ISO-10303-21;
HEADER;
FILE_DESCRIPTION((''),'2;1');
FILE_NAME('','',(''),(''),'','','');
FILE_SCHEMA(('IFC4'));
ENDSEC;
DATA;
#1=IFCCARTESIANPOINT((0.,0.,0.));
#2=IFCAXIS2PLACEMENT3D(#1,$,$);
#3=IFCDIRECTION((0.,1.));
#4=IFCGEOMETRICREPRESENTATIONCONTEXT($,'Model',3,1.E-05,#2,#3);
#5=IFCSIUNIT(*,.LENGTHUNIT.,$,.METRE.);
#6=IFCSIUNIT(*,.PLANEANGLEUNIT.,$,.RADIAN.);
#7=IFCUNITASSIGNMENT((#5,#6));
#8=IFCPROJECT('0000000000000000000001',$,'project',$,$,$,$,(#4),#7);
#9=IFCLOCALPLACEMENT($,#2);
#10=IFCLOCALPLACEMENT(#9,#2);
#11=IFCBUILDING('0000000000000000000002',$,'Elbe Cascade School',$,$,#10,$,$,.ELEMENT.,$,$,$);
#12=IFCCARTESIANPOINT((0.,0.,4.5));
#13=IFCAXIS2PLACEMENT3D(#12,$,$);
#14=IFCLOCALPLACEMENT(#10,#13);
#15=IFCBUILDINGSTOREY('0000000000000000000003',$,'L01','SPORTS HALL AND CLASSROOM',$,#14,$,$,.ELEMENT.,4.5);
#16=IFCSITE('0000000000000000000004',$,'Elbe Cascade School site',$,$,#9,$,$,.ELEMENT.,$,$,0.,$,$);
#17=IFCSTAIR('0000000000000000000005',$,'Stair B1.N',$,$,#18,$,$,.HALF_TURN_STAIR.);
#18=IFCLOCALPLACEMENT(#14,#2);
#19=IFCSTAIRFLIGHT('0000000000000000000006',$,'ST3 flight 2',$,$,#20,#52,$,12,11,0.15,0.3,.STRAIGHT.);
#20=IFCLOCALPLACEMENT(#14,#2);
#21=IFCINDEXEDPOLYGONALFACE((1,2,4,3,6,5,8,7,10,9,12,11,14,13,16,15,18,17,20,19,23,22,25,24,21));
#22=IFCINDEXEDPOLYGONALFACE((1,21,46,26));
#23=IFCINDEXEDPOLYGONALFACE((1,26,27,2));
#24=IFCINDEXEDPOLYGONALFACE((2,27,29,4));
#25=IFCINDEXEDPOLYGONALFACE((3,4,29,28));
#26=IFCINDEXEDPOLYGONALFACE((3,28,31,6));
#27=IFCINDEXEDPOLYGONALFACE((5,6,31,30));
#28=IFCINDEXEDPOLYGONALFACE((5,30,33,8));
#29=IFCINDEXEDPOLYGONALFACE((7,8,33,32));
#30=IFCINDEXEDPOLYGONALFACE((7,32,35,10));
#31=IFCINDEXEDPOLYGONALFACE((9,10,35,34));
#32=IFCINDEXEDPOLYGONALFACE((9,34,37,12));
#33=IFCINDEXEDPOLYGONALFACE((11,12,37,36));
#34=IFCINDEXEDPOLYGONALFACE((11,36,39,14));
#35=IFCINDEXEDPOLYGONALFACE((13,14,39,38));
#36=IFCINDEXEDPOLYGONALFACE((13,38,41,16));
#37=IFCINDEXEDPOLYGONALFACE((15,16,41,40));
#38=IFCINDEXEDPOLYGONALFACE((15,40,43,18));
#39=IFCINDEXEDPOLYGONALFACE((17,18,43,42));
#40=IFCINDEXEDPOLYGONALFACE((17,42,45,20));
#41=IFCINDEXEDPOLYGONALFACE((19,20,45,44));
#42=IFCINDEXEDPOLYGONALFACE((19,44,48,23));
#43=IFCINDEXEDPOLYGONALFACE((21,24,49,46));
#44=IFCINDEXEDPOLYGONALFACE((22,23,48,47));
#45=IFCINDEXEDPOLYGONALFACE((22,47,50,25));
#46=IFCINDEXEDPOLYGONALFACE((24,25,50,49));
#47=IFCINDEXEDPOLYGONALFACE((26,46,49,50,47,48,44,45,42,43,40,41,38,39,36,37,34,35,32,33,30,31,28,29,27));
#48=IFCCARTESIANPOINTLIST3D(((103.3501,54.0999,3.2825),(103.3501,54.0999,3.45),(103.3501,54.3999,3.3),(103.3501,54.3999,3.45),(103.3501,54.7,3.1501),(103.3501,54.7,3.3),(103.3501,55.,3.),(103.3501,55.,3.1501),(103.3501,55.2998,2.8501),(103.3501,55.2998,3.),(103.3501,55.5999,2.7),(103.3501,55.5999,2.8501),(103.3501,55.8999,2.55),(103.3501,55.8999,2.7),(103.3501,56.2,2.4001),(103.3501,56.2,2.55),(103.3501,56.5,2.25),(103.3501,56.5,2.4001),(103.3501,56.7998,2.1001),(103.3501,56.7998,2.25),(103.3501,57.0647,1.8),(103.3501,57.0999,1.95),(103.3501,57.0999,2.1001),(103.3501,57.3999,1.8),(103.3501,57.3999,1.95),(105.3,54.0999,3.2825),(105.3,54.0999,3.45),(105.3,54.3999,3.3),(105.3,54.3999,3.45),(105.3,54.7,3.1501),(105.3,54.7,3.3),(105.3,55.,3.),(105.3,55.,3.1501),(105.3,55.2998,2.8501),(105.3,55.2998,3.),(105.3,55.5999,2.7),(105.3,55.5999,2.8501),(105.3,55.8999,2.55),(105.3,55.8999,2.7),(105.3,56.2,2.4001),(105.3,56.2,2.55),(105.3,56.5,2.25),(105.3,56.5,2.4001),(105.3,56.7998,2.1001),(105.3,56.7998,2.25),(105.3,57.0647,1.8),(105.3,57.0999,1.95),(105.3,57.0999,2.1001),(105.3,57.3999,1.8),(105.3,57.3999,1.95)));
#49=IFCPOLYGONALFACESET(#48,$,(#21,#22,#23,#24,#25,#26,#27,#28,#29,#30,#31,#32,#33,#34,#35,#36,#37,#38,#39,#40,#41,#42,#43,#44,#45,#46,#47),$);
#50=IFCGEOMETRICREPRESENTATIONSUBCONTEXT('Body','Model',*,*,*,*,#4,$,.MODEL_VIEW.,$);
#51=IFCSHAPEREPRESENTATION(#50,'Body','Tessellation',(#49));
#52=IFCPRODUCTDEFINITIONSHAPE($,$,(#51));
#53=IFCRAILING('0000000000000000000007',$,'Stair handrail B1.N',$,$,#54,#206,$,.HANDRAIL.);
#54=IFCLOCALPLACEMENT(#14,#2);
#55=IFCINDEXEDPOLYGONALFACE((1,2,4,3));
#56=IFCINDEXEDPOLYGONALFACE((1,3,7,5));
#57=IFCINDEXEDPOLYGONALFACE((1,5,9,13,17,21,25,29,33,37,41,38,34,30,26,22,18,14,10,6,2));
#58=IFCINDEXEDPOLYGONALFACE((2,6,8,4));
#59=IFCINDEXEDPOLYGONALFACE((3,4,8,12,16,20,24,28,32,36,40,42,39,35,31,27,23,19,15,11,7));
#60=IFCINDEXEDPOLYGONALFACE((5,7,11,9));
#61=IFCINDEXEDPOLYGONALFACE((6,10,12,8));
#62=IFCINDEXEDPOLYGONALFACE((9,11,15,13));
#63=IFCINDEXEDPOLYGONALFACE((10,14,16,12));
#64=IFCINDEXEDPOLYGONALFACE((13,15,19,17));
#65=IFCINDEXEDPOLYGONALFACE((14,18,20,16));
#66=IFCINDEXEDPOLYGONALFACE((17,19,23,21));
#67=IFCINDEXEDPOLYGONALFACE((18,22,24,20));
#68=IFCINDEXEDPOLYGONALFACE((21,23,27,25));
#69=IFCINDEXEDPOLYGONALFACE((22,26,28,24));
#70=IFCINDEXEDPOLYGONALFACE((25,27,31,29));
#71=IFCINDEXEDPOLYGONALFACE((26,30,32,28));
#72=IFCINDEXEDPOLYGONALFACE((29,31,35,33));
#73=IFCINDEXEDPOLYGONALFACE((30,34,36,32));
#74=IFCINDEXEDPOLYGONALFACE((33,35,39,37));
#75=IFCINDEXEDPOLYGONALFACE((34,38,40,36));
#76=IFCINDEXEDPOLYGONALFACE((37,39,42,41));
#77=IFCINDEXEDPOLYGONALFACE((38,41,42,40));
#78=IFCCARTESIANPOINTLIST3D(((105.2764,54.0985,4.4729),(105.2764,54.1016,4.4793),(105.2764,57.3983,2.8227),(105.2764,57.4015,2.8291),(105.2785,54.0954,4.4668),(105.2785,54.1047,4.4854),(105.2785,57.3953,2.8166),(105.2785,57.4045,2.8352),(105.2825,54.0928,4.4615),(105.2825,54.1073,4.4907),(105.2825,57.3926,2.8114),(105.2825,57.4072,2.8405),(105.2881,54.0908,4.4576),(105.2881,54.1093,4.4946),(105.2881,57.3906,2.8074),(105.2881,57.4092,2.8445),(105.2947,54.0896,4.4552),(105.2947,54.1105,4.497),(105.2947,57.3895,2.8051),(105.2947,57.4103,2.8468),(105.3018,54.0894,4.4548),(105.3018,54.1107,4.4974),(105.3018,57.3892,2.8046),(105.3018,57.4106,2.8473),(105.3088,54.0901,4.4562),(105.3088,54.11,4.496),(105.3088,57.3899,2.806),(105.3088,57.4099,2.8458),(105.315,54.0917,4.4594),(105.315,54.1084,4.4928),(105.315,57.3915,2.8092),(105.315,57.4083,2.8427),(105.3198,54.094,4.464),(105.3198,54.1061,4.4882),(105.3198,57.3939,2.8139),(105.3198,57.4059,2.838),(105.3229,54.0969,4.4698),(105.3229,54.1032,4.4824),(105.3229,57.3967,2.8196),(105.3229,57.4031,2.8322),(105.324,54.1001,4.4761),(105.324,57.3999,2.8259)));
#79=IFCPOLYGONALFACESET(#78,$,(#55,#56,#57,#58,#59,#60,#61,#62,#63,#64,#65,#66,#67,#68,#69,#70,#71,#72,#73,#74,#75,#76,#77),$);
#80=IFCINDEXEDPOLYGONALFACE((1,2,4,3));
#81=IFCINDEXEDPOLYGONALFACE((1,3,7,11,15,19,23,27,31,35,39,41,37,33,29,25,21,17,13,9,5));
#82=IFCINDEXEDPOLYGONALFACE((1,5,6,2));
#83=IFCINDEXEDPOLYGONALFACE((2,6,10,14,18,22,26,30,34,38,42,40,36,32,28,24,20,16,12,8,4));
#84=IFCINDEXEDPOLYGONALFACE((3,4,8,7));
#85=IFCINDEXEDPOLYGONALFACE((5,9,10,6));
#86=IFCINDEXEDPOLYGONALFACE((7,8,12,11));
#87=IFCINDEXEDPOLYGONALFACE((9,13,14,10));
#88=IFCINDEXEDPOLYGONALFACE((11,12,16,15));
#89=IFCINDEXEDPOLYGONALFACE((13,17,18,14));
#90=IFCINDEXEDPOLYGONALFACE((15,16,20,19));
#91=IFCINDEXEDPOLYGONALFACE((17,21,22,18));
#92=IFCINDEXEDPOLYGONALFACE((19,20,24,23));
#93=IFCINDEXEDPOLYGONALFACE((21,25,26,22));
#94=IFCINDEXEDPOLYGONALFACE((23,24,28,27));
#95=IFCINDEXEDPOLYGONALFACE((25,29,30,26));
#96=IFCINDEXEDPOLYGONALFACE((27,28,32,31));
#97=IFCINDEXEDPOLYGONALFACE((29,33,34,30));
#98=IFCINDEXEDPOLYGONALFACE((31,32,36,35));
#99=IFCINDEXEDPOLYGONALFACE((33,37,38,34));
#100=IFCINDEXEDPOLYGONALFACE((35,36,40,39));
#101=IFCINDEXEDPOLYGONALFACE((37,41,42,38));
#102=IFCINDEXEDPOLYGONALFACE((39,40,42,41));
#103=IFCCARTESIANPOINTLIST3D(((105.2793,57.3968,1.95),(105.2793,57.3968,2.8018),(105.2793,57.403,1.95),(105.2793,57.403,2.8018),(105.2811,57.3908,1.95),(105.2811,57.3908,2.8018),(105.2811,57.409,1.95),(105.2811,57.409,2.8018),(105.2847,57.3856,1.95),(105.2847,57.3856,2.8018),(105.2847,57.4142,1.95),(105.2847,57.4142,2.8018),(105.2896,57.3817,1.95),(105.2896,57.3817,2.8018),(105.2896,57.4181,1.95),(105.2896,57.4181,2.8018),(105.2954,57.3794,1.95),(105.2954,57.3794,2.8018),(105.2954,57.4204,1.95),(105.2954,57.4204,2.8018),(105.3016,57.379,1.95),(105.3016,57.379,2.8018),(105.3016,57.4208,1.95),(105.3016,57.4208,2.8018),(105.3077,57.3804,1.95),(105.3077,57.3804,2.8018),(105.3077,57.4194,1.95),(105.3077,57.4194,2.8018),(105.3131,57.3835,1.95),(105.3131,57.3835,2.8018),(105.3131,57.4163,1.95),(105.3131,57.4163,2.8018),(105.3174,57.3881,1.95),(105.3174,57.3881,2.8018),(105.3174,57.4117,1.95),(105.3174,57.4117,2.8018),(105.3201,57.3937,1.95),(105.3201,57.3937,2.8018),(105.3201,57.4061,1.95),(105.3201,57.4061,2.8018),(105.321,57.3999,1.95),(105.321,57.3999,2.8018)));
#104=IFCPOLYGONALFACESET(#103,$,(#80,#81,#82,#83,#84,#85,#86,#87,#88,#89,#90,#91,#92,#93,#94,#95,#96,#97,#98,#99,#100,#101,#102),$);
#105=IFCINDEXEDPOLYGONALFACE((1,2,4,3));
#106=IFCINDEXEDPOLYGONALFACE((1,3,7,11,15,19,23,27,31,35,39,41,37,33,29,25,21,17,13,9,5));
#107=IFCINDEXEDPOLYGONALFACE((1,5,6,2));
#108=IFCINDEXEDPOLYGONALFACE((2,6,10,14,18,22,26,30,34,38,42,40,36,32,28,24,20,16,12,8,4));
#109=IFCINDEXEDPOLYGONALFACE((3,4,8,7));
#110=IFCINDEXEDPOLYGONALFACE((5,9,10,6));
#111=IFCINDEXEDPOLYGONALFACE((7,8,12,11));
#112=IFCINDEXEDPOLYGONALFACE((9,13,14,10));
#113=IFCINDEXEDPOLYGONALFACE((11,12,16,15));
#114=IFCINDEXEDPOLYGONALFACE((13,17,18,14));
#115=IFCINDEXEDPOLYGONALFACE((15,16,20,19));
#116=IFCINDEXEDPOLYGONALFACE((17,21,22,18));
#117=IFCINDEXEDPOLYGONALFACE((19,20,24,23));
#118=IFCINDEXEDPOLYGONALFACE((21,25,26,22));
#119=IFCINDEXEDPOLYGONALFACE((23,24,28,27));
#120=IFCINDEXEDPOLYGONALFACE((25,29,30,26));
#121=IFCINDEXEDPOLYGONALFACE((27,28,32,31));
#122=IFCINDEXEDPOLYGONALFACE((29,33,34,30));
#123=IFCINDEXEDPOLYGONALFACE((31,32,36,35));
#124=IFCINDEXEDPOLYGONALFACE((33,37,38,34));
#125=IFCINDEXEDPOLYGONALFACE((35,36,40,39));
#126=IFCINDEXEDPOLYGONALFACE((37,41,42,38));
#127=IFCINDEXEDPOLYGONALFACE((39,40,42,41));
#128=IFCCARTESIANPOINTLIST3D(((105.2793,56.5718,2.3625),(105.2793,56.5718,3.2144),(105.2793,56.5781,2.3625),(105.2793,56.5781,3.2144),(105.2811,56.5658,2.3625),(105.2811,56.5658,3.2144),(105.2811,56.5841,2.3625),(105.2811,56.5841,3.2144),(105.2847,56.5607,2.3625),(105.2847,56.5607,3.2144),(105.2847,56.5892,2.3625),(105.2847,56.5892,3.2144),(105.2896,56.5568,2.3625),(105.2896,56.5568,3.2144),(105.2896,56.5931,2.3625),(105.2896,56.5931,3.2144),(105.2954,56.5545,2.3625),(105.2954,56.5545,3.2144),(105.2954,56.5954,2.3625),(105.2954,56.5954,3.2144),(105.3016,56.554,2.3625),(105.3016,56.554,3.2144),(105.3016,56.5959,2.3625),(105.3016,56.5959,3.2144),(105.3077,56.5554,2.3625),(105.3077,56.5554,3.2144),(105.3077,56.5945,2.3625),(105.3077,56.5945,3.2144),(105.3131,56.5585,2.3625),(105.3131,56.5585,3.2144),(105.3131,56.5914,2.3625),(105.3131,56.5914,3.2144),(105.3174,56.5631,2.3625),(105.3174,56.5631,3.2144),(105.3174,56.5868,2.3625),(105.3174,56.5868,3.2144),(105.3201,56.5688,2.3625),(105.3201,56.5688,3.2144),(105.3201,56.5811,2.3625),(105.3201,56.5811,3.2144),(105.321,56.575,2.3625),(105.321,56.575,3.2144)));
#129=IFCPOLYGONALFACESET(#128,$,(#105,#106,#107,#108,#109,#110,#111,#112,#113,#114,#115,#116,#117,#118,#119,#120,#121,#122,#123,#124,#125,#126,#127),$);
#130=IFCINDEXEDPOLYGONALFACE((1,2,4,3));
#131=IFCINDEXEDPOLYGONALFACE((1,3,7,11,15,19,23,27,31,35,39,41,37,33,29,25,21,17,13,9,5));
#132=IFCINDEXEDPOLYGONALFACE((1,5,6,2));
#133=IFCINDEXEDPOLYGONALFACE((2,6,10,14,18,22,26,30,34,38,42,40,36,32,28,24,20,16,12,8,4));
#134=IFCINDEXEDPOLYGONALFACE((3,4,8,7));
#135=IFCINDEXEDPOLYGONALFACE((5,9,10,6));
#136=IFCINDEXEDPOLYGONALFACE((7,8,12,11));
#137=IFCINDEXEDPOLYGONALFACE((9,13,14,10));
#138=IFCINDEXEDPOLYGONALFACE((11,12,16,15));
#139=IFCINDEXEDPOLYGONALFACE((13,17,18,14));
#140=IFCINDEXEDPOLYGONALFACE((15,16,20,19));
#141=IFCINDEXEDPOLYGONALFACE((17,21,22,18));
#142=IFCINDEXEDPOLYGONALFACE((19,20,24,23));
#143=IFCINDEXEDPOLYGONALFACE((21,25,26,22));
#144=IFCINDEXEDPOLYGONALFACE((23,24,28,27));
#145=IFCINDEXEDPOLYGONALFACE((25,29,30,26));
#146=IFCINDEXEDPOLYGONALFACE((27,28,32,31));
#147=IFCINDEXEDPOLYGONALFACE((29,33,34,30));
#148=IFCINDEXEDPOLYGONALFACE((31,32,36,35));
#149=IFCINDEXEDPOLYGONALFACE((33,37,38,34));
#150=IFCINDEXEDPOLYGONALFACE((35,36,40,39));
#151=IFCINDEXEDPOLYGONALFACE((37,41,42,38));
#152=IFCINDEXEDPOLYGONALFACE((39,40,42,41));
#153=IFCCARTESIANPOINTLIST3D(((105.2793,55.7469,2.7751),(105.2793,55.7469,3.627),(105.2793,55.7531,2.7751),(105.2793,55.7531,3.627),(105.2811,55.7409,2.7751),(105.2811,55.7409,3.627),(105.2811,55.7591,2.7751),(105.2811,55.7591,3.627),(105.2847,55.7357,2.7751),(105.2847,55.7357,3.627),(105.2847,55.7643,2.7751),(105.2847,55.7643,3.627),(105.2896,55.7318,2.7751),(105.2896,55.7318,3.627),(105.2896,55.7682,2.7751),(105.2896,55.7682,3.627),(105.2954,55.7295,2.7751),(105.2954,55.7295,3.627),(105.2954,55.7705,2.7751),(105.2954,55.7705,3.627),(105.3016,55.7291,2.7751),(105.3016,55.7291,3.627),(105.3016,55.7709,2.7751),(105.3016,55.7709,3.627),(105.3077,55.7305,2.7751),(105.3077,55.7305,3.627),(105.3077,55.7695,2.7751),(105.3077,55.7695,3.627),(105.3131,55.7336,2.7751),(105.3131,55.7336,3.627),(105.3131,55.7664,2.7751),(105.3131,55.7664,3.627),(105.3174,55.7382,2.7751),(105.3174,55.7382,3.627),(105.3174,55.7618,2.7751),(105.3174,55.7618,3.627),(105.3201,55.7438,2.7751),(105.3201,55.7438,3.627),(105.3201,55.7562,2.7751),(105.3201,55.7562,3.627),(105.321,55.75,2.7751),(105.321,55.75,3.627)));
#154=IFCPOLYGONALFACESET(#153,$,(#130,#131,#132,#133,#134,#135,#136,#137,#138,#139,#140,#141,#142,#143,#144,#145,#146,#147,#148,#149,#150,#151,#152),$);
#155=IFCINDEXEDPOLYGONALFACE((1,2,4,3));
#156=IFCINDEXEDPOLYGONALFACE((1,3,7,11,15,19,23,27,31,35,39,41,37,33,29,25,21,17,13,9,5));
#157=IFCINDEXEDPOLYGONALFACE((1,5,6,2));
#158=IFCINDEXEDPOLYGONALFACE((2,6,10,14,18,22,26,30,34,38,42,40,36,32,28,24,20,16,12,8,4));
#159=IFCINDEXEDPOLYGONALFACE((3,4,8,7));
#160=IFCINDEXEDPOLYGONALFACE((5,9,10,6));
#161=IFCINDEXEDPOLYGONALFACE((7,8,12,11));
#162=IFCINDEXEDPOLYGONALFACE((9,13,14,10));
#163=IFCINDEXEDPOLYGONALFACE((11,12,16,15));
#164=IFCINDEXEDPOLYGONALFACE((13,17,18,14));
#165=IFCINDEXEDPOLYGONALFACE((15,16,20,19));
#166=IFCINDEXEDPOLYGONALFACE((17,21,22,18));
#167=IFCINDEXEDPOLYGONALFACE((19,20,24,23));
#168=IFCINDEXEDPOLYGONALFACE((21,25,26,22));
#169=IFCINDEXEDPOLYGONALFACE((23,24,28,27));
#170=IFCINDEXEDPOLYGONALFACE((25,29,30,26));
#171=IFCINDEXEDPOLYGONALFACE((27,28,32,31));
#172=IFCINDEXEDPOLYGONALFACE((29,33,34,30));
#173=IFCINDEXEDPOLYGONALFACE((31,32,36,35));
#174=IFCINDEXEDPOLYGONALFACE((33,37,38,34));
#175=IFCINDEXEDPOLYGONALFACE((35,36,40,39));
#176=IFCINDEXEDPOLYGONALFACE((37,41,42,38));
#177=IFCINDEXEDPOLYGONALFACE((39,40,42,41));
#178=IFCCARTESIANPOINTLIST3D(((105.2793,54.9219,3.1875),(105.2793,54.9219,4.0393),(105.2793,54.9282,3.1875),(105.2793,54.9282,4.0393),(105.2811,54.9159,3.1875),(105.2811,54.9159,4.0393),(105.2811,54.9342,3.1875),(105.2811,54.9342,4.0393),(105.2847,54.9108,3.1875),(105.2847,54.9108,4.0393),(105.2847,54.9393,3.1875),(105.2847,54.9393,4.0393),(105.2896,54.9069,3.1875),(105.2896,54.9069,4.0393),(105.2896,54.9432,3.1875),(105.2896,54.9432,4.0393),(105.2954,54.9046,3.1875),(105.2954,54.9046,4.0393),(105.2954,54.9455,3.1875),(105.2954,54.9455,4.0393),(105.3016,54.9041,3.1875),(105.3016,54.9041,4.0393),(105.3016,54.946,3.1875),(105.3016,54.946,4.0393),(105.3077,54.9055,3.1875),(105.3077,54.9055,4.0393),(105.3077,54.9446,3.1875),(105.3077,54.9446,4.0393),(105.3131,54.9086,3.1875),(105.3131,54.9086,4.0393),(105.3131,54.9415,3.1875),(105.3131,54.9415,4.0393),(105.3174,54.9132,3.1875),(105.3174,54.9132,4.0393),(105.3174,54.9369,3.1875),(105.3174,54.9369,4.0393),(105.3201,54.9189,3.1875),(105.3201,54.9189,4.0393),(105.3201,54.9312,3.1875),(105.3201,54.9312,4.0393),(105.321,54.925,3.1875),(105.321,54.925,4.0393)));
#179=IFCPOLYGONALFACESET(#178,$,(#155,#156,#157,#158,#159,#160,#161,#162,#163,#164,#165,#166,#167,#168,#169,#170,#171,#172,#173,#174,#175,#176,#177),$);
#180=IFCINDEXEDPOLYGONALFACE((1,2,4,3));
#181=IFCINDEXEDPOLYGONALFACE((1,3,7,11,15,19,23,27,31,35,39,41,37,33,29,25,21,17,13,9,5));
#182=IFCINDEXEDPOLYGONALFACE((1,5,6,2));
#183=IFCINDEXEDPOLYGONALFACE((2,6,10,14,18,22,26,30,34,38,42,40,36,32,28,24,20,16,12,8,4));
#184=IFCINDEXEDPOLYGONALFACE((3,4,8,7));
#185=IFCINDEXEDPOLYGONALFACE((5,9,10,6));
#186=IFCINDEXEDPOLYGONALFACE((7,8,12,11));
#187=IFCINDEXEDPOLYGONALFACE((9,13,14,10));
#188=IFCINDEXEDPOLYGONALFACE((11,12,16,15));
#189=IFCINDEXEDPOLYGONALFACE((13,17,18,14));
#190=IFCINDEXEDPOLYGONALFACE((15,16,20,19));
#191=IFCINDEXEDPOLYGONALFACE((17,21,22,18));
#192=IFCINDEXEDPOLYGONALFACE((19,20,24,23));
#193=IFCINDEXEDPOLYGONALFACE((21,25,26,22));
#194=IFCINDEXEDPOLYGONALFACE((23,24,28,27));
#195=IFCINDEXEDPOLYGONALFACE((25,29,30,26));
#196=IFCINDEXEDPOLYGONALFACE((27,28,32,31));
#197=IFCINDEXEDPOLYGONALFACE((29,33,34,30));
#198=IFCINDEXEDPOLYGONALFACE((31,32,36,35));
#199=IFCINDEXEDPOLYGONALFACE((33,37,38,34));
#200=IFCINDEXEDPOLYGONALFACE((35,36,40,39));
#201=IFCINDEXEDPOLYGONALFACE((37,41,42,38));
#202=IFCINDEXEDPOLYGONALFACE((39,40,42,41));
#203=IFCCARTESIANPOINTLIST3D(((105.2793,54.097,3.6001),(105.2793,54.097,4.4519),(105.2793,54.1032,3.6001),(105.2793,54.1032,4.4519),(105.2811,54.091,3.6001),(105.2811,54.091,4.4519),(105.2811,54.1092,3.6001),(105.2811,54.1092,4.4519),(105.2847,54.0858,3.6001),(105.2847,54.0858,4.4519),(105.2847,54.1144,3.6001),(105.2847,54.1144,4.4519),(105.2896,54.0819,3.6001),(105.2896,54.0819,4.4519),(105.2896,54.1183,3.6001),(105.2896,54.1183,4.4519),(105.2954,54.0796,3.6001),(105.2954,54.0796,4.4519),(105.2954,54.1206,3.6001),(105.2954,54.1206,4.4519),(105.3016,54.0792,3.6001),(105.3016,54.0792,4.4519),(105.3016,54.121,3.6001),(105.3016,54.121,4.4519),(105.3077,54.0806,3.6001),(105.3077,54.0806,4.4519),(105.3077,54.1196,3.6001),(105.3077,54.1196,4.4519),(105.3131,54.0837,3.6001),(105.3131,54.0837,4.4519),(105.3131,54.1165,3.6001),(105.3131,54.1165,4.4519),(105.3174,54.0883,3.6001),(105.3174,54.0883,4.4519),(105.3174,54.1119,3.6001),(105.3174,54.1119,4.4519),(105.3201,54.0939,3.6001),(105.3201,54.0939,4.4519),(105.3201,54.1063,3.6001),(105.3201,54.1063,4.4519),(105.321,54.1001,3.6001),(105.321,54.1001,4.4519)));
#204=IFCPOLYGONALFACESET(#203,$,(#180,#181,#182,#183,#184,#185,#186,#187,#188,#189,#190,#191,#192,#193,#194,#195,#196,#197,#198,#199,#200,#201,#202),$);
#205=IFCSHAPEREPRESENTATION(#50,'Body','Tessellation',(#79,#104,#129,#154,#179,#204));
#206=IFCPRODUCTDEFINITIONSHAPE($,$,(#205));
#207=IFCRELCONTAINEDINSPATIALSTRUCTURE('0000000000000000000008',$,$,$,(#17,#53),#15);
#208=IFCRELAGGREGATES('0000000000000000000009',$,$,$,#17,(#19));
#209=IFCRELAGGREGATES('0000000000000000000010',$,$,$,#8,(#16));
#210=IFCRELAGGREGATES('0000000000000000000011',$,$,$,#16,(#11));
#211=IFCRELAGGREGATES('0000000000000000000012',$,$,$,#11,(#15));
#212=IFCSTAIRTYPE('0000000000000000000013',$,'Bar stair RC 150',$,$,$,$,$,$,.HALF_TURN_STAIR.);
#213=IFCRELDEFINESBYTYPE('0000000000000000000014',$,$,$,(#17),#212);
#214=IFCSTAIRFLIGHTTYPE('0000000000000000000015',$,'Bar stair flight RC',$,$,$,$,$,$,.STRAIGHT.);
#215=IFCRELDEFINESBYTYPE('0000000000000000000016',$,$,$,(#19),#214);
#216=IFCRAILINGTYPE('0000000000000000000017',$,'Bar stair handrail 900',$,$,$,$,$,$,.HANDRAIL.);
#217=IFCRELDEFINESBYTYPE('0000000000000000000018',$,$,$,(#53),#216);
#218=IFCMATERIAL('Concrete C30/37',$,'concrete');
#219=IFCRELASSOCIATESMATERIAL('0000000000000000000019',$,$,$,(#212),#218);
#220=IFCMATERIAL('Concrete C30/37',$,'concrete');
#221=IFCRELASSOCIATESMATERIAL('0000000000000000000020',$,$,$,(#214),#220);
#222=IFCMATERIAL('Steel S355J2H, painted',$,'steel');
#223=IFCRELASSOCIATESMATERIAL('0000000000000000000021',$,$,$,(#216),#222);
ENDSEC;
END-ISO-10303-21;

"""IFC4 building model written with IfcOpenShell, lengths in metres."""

from ifc_helpers import new_model, si_unit, direction, frame, origin, origin_2d, place, context, subcontext, project, spatial, polyline, circle, outline, extrude, material, type_object, element, aggregate, save


model = new_model("IFC4")

# Units and contexts
model_context = context("Model", 3, precision=1e-05, world=origin(), true_north=direction((0.0, 1.0)))
body_context = subcontext(model_context, "Body", "Model", "MODEL_VIEW")
ifc_project = project(units=[si_unit("LENGTHUNIT", "METRE"), si_unit("PLANEANGLEUNIT", "RADIAN")], contexts=[model_context])

# Site, building, storey
site_placement = place(None, origin())
site = spatial("IfcSite", under=ifc_project, at=site_placement, Name="Elbe Cascade School site", CompositionType="ELEMENT", RefElevation=0.0)
building_placement = place(site_placement, origin())
building = spatial("IfcBuilding", under=site, at=building_placement, Name="Elbe Cascade School", CompositionType="ELEMENT")
storey_placement = place(building_placement, frame((0.0, 0.0, 4.5)))
storey = spatial("IfcBuildingStorey", under=building, at=storey_placement, Name="L01", Description="SPORTS HALL AND CLASSROOM", CompositionType="ELEMENT", Elevation=4.5)

# Stair, stair flight
ifc_material_1 = material(Name="Concrete C30/37", Category="concrete")
stair_type = type_object("IfcStairType", Name="Bar stair RC 150", PredefinedType="HALF_TURN_STAIR", material=ifc_material_1)
stair_placement = place(storey_placement, origin())
stair = element("IfcStair", 1, at=stair_placement, inside=storey, type_object=stair_type, Name="Stair B1.N", PredefinedType="HALF_TURN_STAIR")
ifc_material_2 = material(Name="Concrete C30/37", Category="concrete")
stair_flight_type = type_object("IfcStairFlightType", Name="Bar stair flight RC", PredefinedType="STRAIGHT", material=ifc_material_2)
stair_flight_placement = place(storey_placement, frame((104.325, 57.3999, 1.8), z_axis=(0.0, 0.0, 1.0), x_axis=(0.0, -1.0, 0.0)))
stair_flight = element("IfcStairFlight", 2, at=stair_flight_placement, type_object=stair_flight_type, Name="ST3 flight 2", NumberOfRisers=12, NumberOfTreads=11, PredefinedType="STRAIGHT", RiserHeight=0.15, TreadLength=0.3, context=body_context, shape_type="SweptSolid", body=[
    extrude(outline(polyline([(0.0, 0.0), (0.0, 0.1499), (0.3, 0.1499), (0.3, 0.3), (0.6001, 0.3), (0.6001, 0.45), (0.8999, 0.45), (0.8999, 0.6001), (1.2, 0.6001), (1.2, 0.75), (1.5, 0.75), (1.5, 0.8999), (1.8, 0.8999), (1.8, 1.05), (2.1001, 1.05), (2.1001, 1.2), (2.3999, 1.2), (2.3999, 1.3501), (2.7, 1.3501), (2.7, 1.5), (3.0, 1.5), (3.0, 1.6499), (3.3, 1.6499), (3.3, 1.8), (3.3, 1.4824), (0.3352, 0.0), (0.0, 0.0)])), frame((0.0, 0.9751, 0.0), z_axis=(0.0, -1.0, 0.0), x_axis=(1.0, 0.0, 0.0)), (0.0, 0.0, 1.0), 1.95),
])
aggregate(stair, [stair_flight])

# Railing
ifc_material_3 = material(Name="Steel S355J2H, painted", Category="steel")
railing_type = type_object("IfcRailingType", Name="Bar stair handrail 900", PredefinedType="HANDRAIL", material=ifc_material_3)
railing_placement = place(storey_placement, frame((105.3, 57.3999, 1.95)))
element("IfcRailing", 3, at=railing_placement, inside=storey, type_object=railing_type, Name="Stair handrail B1.N", PredefinedType="HANDRAIL", context=body_context, shape_type="SweptSolid", body=[
    extrude(circle(Radius=0.0239, at=origin_2d()), frame((0.0, 0.0, 0.876), z_axis=(0.0, -0.894401, 0.447267), x_axis=(1.0, 0.0, 0.0)), (0.0, 0.0, 1.0), 3.6895),
    extrude(circle(Radius=0.021, at=origin_2d()), origin(), (0.0, 0.0, 1.0), 0.8518),
    extrude(circle(Radius=0.021, at=origin_2d()), frame((0.0, -0.825, 0.4126)), (0.0, 0.0, 1.0), 0.8518),
    extrude(circle(Radius=0.021, at=origin_2d()), frame((0.0, -1.6499, 0.8252)), (0.0, 0.0, 1.0), 0.8518),
    extrude(circle(Radius=0.021, at=origin_2d()), frame((0.0, -2.4749, 1.2375)), (0.0, 0.0, 1.0), 0.8518),
    extrude(circle(Radius=0.021, at=origin_2d()), frame((0.0, -3.2998, 1.6501)), (0.0, 0.0, 1.0), 0.8518),
])

save(model, "model.ifc")
